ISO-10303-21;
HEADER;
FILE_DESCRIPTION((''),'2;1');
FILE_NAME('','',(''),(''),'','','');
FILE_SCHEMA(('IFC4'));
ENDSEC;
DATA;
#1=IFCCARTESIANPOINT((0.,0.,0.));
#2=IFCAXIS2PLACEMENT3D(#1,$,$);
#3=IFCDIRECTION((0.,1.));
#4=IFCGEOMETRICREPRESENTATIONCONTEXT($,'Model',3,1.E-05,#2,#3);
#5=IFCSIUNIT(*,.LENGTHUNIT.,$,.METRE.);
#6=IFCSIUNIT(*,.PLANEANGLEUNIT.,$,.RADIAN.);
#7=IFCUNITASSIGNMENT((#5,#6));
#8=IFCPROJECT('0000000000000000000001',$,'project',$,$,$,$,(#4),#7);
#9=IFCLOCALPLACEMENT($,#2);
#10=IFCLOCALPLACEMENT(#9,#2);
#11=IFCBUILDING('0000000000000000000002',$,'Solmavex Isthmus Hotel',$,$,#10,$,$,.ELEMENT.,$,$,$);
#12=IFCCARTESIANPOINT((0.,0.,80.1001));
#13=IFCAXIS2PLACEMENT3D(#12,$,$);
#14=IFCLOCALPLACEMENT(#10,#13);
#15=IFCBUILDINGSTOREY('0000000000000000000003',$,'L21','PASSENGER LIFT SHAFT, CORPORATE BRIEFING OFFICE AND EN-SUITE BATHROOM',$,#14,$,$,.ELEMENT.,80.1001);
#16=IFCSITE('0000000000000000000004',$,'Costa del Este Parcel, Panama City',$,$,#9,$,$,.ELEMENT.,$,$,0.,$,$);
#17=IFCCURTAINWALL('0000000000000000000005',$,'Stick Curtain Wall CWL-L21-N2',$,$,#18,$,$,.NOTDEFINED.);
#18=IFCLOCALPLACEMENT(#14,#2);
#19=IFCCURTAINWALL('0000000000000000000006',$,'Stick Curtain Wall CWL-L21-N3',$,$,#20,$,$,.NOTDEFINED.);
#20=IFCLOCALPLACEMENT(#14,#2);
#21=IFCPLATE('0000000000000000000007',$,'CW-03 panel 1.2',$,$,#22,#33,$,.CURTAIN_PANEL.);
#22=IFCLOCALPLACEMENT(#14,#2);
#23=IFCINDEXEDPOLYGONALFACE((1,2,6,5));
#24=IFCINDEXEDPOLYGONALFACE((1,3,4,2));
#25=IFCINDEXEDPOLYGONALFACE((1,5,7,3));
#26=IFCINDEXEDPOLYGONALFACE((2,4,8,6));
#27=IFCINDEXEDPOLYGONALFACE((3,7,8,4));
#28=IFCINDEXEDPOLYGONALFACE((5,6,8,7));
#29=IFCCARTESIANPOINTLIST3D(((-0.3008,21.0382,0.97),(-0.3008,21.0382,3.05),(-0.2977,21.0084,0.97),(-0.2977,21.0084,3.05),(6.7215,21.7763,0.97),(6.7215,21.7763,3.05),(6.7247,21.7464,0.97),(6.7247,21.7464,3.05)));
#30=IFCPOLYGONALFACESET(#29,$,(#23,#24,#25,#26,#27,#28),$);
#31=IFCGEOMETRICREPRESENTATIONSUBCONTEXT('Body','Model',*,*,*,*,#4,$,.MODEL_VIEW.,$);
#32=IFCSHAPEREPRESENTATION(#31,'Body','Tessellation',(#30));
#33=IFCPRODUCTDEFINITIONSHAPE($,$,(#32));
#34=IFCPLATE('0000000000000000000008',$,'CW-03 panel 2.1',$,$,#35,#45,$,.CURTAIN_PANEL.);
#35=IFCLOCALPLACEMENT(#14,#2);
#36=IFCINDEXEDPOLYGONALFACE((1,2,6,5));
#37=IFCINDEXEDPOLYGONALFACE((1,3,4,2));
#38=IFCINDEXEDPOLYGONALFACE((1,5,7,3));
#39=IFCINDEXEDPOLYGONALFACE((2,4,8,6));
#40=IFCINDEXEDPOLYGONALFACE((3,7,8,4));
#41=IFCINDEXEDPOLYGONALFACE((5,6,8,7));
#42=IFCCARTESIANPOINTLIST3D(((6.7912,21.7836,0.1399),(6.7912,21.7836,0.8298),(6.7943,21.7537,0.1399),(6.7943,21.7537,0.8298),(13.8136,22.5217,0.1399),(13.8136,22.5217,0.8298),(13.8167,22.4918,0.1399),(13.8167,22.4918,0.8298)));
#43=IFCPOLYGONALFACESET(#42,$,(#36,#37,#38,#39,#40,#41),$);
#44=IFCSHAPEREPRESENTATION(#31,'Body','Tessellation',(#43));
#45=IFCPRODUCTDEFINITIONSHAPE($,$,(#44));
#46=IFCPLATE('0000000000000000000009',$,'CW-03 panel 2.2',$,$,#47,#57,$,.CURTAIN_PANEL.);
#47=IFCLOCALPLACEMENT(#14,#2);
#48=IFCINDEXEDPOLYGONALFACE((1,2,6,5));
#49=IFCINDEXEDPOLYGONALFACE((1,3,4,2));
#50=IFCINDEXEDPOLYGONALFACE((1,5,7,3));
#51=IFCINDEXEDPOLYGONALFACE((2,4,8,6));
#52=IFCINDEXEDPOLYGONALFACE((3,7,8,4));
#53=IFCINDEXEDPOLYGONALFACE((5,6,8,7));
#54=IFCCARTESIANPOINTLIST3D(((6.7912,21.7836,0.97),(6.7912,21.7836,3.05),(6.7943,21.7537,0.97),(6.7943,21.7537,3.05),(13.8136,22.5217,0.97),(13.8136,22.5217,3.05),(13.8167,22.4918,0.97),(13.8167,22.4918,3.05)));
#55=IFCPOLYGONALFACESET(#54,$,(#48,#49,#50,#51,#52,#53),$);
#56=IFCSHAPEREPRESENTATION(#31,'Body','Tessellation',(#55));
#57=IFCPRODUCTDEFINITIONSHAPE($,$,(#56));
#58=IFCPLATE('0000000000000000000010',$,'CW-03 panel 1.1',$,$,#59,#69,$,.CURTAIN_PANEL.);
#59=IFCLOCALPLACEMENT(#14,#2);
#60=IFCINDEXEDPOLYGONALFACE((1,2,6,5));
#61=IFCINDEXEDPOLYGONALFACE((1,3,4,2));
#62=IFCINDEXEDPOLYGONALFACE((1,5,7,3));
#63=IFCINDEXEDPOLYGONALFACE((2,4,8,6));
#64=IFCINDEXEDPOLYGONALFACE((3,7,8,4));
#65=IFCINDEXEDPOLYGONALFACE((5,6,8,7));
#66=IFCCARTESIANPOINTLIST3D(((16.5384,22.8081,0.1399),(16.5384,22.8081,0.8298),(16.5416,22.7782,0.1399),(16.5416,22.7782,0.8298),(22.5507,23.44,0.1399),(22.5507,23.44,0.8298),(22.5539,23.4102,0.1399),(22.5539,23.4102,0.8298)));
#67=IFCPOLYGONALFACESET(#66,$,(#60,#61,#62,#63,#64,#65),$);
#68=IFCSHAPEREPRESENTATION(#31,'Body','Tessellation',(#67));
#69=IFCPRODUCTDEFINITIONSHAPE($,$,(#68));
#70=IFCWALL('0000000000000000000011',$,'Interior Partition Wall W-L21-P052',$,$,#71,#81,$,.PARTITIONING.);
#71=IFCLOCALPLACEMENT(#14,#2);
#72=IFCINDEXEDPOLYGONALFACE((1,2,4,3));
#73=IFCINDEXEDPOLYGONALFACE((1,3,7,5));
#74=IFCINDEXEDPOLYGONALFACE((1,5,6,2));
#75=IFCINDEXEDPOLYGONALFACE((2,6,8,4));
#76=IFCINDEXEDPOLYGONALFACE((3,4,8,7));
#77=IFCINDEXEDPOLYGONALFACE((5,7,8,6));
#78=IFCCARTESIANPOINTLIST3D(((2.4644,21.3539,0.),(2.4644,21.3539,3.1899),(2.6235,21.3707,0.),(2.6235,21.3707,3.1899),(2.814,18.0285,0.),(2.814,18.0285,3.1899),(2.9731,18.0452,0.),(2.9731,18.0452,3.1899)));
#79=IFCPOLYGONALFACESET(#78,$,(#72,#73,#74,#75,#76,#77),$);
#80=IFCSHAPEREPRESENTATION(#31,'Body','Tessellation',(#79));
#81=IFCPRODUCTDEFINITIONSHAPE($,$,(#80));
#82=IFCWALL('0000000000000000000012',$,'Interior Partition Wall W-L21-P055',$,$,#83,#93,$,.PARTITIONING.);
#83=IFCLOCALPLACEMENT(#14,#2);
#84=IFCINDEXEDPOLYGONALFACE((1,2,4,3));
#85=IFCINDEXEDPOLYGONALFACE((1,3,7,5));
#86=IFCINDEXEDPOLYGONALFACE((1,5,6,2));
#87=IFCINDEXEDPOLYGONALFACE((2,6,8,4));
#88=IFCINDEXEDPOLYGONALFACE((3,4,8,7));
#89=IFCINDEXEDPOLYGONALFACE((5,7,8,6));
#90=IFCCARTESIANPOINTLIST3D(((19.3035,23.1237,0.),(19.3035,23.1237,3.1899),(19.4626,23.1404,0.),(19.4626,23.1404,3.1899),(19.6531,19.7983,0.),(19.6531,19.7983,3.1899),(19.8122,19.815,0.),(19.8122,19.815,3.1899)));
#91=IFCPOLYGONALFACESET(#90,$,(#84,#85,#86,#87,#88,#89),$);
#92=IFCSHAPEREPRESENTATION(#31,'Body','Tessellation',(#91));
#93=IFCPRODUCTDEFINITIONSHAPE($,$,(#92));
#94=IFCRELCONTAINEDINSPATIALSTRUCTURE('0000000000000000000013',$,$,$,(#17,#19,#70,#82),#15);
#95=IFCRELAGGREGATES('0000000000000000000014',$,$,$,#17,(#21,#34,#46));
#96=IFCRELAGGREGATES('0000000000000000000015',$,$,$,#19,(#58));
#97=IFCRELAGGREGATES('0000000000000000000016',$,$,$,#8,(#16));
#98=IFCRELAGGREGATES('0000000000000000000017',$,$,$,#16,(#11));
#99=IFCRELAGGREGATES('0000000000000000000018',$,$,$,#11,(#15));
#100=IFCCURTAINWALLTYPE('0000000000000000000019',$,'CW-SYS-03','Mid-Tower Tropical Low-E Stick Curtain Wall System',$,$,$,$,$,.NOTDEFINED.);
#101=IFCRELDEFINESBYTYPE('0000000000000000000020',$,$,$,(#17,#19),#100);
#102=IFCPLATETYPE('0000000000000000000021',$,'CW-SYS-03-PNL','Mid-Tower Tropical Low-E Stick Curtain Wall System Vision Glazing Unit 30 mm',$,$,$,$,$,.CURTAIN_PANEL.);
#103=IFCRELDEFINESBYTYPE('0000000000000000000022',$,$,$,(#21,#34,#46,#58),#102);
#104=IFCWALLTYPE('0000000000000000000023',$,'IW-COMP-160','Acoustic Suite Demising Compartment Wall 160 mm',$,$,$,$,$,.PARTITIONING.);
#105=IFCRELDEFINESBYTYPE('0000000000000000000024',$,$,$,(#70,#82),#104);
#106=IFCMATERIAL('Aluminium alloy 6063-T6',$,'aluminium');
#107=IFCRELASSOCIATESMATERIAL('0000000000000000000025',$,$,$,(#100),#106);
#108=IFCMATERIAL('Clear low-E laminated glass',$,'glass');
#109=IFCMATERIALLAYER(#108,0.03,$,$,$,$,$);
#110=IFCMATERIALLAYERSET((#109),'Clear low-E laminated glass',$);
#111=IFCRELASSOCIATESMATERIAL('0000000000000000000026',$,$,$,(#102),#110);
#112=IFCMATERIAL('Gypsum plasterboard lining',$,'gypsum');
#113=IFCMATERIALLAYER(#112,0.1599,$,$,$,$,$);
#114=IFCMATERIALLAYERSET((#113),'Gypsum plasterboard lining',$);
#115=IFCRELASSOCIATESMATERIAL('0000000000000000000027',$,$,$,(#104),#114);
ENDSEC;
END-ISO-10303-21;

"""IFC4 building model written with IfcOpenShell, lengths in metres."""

from ifc_helpers import new_model, si_unit, direction, frame, frame_2d, origin, origin_2d, place, context, subcontext, project, spatial, rectangle, extrude, material, layer, layer_set, type_object, element, aggregate, save


model = new_model("IFC4")

# Units and contexts
model_context = context("Model", 3, precision=1e-05, world=origin(), true_north=direction((0.0, 1.0)))
body_context = subcontext(model_context, "Body", "Model", "MODEL_VIEW")
ifc_project = project(units=[si_unit("LENGTHUNIT", "METRE"), si_unit("PLANEANGLEUNIT", "RADIAN")], contexts=[model_context])

# Site, building, storey
site_placement = place(None, origin())
site = spatial("IfcSite", under=ifc_project, at=site_placement, Name="Costa del Este Parcel, Panama City", CompositionType="ELEMENT", RefElevation=0.0)
building_placement = place(site_placement, origin())
building = spatial("IfcBuilding", under=site, at=building_placement, Name="Solmavex Isthmus Hotel", CompositionType="ELEMENT")
storey_placement = place(building_placement, frame((0.0, 0.0, 80.1001)))
storey = spatial("IfcBuildingStorey", under=building, at=storey_placement, Name="L21", Description="PASSENGER LIFT SHAFT, CORPORATE BRIEFING OFFICE AND EN-SUITE BATHROOM", CompositionType="ELEMENT", Elevation=80.1001)

# Curtain wall
ifc_material_1 = material(Name="Aluminium alloy 6063-T6", Category="aluminium")
curtain_wall_type = type_object("IfcCurtainWallType", Name="CW-SYS-03", Description="Mid-Tower Tropical Low-E Stick Curtain Wall System", PredefinedType="NOTDEFINED", material=ifc_material_1)
curtain_wall_1_placement = place(storey_placement, origin())
curtain_wall_1 = element("IfcCurtainWall", 1, at=curtain_wall_1_placement, inside=storey, type_object=curtain_wall_type, Name="Stick Curtain Wall CWL-L21-N2", PredefinedType="NOTDEFINED")

# Curtain wall
curtain_wall_2_placement = place(storey_placement, origin())
curtain_wall_2 = element("IfcCurtainWall", 2, at=curtain_wall_2_placement, inside=storey, type_object=curtain_wall_type, Name="Stick Curtain Wall CWL-L21-N3", PredefinedType="NOTDEFINED")

# Plates
ifc_material_2 = material(Name="Clear low-E laminated glass", Category="glass")
ifc_layer_1 = layer(ifc_material_2, 0.03)
ifc_layer_set_1 = layer_set([ifc_layer_1], Name="Clear low-E laminated glass")
plate_type = type_object("IfcPlateType", Name="CW-SYS-03-PNL", Description="Mid-Tower Tropical Low-E Stick Curtain Wall System Vision Glazing Unit 30 mm", PredefinedType="CURTAIN_PANEL", material=ifc_layer_set_1)
plate_1_placement = place(storey_placement, frame((3.2119, 21.3923, 0.97), z_axis=(0.0, 0.0, 1.0), x_axis=(0.994522, 0.104529, 0.0)))
plate_1 = element("IfcPlate", 3, at=plate_1_placement, type_object=plate_type, Name="CW-03 panel 1.2", PredefinedType="CURTAIN_PANEL", context=body_context, shape_type="SweptSolid", body=[
    extrude(rectangle(XDim=7.061, YDim=0.03, at=origin_2d()), origin(), (0.0, 0.0, 1.0), 2.0801),
])
plate_2_placement = place(storey_placement, frame((10.304, 22.1377, 0.1399), z_axis=(0.0, 0.0, 1.0), x_axis=(0.994522, 0.104529, 0.0)))
plate_2 = element("IfcPlate", 4, at=plate_2_placement, type_object=plate_type, Name="CW-03 panel 2.1", PredefinedType="CURTAIN_PANEL", context=body_context, shape_type="SweptSolid", body=[
    extrude(rectangle(XDim=7.061, YDim=0.03, at=origin_2d()), origin(), (0.0, 0.0, 1.0), 0.6899),
])
plate_3_placement = place(storey_placement, frame((10.304, 22.1377, 0.97), z_axis=(0.0, 0.0, 1.0), x_axis=(0.994522, 0.104529, 0.0)))
plate_3 = element("IfcPlate", 5, at=plate_3_placement, type_object=plate_type, Name="CW-03 panel 2.2", PredefinedType="CURTAIN_PANEL", context=body_context, shape_type="SweptSolid", body=[
    extrude(rectangle(XDim=7.061, YDim=0.03, at=origin_2d()), origin(), (0.0, 0.0, 1.0), 2.0801),
])
aggregate(curtain_wall_1, [plate_1, plate_2, plate_3])
plate_4_placement = place(storey_placement, frame((19.5461, 23.1091, 0.1399), z_axis=(0.0, 0.0, 1.0), x_axis=(0.994522, 0.104528, 0.0)))
plate_4 = element("IfcPlate", 6, at=plate_4_placement, type_object=plate_type, Name="CW-03 panel 1.1", PredefinedType="CURTAIN_PANEL", context=body_context, shape_type="SweptSolid", body=[
    extrude(rectangle(XDim=6.0454, YDim=0.03, at=origin_2d()), origin(), (0.0, 0.0, 1.0), 0.6899),
])
aggregate(curtain_wall_2, [plate_4])

# Walls
ifc_material_3 = material(Name="Gypsum plasterboard lining", Category="gypsum")
ifc_layer_2 = layer(ifc_material_3, 0.1599)
ifc_layer_set_2 = layer_set([ifc_layer_2], Name="Gypsum plasterboard lining")
wall_type_1 = type_object("IfcWallType", Name="IW-COMP-160", Description="Acoustic Suite Demising Compartment Wall 160 mm", PredefinedType="PARTITIONING", material=ifc_layer_set_2)
for number, where, z_axis, x_axis, name in (
    (7, (2.5439, 21.3623, 0.0), (0.0, 0.0, 1.0), (0.104556, -0.994519, 0.0), "Interior Partition Wall W-L21-P052"),
    (8, (19.3831, 23.1321, 0.0), (0.0, 0.0, 1.0), (0.104556, -0.994519, 0.0), "Interior Partition Wall W-L21-P055"),
):
    element("IfcWall", number, at=place(storey_placement, frame(where, z_axis=z_axis, x_axis=x_axis)), inside=storey, type_object=wall_type_1, Name=name, PredefinedType="PARTITIONING", context=body_context, shape_type="SweptSolid", body=[
        extrude(rectangle(XDim=3.3438, YDim=0.1599, at=frame_2d((1.6719, 0.0))), origin(), (0.0, 0.0, 1.0), 3.1899),
    ])

save(model, "model.ifc")
